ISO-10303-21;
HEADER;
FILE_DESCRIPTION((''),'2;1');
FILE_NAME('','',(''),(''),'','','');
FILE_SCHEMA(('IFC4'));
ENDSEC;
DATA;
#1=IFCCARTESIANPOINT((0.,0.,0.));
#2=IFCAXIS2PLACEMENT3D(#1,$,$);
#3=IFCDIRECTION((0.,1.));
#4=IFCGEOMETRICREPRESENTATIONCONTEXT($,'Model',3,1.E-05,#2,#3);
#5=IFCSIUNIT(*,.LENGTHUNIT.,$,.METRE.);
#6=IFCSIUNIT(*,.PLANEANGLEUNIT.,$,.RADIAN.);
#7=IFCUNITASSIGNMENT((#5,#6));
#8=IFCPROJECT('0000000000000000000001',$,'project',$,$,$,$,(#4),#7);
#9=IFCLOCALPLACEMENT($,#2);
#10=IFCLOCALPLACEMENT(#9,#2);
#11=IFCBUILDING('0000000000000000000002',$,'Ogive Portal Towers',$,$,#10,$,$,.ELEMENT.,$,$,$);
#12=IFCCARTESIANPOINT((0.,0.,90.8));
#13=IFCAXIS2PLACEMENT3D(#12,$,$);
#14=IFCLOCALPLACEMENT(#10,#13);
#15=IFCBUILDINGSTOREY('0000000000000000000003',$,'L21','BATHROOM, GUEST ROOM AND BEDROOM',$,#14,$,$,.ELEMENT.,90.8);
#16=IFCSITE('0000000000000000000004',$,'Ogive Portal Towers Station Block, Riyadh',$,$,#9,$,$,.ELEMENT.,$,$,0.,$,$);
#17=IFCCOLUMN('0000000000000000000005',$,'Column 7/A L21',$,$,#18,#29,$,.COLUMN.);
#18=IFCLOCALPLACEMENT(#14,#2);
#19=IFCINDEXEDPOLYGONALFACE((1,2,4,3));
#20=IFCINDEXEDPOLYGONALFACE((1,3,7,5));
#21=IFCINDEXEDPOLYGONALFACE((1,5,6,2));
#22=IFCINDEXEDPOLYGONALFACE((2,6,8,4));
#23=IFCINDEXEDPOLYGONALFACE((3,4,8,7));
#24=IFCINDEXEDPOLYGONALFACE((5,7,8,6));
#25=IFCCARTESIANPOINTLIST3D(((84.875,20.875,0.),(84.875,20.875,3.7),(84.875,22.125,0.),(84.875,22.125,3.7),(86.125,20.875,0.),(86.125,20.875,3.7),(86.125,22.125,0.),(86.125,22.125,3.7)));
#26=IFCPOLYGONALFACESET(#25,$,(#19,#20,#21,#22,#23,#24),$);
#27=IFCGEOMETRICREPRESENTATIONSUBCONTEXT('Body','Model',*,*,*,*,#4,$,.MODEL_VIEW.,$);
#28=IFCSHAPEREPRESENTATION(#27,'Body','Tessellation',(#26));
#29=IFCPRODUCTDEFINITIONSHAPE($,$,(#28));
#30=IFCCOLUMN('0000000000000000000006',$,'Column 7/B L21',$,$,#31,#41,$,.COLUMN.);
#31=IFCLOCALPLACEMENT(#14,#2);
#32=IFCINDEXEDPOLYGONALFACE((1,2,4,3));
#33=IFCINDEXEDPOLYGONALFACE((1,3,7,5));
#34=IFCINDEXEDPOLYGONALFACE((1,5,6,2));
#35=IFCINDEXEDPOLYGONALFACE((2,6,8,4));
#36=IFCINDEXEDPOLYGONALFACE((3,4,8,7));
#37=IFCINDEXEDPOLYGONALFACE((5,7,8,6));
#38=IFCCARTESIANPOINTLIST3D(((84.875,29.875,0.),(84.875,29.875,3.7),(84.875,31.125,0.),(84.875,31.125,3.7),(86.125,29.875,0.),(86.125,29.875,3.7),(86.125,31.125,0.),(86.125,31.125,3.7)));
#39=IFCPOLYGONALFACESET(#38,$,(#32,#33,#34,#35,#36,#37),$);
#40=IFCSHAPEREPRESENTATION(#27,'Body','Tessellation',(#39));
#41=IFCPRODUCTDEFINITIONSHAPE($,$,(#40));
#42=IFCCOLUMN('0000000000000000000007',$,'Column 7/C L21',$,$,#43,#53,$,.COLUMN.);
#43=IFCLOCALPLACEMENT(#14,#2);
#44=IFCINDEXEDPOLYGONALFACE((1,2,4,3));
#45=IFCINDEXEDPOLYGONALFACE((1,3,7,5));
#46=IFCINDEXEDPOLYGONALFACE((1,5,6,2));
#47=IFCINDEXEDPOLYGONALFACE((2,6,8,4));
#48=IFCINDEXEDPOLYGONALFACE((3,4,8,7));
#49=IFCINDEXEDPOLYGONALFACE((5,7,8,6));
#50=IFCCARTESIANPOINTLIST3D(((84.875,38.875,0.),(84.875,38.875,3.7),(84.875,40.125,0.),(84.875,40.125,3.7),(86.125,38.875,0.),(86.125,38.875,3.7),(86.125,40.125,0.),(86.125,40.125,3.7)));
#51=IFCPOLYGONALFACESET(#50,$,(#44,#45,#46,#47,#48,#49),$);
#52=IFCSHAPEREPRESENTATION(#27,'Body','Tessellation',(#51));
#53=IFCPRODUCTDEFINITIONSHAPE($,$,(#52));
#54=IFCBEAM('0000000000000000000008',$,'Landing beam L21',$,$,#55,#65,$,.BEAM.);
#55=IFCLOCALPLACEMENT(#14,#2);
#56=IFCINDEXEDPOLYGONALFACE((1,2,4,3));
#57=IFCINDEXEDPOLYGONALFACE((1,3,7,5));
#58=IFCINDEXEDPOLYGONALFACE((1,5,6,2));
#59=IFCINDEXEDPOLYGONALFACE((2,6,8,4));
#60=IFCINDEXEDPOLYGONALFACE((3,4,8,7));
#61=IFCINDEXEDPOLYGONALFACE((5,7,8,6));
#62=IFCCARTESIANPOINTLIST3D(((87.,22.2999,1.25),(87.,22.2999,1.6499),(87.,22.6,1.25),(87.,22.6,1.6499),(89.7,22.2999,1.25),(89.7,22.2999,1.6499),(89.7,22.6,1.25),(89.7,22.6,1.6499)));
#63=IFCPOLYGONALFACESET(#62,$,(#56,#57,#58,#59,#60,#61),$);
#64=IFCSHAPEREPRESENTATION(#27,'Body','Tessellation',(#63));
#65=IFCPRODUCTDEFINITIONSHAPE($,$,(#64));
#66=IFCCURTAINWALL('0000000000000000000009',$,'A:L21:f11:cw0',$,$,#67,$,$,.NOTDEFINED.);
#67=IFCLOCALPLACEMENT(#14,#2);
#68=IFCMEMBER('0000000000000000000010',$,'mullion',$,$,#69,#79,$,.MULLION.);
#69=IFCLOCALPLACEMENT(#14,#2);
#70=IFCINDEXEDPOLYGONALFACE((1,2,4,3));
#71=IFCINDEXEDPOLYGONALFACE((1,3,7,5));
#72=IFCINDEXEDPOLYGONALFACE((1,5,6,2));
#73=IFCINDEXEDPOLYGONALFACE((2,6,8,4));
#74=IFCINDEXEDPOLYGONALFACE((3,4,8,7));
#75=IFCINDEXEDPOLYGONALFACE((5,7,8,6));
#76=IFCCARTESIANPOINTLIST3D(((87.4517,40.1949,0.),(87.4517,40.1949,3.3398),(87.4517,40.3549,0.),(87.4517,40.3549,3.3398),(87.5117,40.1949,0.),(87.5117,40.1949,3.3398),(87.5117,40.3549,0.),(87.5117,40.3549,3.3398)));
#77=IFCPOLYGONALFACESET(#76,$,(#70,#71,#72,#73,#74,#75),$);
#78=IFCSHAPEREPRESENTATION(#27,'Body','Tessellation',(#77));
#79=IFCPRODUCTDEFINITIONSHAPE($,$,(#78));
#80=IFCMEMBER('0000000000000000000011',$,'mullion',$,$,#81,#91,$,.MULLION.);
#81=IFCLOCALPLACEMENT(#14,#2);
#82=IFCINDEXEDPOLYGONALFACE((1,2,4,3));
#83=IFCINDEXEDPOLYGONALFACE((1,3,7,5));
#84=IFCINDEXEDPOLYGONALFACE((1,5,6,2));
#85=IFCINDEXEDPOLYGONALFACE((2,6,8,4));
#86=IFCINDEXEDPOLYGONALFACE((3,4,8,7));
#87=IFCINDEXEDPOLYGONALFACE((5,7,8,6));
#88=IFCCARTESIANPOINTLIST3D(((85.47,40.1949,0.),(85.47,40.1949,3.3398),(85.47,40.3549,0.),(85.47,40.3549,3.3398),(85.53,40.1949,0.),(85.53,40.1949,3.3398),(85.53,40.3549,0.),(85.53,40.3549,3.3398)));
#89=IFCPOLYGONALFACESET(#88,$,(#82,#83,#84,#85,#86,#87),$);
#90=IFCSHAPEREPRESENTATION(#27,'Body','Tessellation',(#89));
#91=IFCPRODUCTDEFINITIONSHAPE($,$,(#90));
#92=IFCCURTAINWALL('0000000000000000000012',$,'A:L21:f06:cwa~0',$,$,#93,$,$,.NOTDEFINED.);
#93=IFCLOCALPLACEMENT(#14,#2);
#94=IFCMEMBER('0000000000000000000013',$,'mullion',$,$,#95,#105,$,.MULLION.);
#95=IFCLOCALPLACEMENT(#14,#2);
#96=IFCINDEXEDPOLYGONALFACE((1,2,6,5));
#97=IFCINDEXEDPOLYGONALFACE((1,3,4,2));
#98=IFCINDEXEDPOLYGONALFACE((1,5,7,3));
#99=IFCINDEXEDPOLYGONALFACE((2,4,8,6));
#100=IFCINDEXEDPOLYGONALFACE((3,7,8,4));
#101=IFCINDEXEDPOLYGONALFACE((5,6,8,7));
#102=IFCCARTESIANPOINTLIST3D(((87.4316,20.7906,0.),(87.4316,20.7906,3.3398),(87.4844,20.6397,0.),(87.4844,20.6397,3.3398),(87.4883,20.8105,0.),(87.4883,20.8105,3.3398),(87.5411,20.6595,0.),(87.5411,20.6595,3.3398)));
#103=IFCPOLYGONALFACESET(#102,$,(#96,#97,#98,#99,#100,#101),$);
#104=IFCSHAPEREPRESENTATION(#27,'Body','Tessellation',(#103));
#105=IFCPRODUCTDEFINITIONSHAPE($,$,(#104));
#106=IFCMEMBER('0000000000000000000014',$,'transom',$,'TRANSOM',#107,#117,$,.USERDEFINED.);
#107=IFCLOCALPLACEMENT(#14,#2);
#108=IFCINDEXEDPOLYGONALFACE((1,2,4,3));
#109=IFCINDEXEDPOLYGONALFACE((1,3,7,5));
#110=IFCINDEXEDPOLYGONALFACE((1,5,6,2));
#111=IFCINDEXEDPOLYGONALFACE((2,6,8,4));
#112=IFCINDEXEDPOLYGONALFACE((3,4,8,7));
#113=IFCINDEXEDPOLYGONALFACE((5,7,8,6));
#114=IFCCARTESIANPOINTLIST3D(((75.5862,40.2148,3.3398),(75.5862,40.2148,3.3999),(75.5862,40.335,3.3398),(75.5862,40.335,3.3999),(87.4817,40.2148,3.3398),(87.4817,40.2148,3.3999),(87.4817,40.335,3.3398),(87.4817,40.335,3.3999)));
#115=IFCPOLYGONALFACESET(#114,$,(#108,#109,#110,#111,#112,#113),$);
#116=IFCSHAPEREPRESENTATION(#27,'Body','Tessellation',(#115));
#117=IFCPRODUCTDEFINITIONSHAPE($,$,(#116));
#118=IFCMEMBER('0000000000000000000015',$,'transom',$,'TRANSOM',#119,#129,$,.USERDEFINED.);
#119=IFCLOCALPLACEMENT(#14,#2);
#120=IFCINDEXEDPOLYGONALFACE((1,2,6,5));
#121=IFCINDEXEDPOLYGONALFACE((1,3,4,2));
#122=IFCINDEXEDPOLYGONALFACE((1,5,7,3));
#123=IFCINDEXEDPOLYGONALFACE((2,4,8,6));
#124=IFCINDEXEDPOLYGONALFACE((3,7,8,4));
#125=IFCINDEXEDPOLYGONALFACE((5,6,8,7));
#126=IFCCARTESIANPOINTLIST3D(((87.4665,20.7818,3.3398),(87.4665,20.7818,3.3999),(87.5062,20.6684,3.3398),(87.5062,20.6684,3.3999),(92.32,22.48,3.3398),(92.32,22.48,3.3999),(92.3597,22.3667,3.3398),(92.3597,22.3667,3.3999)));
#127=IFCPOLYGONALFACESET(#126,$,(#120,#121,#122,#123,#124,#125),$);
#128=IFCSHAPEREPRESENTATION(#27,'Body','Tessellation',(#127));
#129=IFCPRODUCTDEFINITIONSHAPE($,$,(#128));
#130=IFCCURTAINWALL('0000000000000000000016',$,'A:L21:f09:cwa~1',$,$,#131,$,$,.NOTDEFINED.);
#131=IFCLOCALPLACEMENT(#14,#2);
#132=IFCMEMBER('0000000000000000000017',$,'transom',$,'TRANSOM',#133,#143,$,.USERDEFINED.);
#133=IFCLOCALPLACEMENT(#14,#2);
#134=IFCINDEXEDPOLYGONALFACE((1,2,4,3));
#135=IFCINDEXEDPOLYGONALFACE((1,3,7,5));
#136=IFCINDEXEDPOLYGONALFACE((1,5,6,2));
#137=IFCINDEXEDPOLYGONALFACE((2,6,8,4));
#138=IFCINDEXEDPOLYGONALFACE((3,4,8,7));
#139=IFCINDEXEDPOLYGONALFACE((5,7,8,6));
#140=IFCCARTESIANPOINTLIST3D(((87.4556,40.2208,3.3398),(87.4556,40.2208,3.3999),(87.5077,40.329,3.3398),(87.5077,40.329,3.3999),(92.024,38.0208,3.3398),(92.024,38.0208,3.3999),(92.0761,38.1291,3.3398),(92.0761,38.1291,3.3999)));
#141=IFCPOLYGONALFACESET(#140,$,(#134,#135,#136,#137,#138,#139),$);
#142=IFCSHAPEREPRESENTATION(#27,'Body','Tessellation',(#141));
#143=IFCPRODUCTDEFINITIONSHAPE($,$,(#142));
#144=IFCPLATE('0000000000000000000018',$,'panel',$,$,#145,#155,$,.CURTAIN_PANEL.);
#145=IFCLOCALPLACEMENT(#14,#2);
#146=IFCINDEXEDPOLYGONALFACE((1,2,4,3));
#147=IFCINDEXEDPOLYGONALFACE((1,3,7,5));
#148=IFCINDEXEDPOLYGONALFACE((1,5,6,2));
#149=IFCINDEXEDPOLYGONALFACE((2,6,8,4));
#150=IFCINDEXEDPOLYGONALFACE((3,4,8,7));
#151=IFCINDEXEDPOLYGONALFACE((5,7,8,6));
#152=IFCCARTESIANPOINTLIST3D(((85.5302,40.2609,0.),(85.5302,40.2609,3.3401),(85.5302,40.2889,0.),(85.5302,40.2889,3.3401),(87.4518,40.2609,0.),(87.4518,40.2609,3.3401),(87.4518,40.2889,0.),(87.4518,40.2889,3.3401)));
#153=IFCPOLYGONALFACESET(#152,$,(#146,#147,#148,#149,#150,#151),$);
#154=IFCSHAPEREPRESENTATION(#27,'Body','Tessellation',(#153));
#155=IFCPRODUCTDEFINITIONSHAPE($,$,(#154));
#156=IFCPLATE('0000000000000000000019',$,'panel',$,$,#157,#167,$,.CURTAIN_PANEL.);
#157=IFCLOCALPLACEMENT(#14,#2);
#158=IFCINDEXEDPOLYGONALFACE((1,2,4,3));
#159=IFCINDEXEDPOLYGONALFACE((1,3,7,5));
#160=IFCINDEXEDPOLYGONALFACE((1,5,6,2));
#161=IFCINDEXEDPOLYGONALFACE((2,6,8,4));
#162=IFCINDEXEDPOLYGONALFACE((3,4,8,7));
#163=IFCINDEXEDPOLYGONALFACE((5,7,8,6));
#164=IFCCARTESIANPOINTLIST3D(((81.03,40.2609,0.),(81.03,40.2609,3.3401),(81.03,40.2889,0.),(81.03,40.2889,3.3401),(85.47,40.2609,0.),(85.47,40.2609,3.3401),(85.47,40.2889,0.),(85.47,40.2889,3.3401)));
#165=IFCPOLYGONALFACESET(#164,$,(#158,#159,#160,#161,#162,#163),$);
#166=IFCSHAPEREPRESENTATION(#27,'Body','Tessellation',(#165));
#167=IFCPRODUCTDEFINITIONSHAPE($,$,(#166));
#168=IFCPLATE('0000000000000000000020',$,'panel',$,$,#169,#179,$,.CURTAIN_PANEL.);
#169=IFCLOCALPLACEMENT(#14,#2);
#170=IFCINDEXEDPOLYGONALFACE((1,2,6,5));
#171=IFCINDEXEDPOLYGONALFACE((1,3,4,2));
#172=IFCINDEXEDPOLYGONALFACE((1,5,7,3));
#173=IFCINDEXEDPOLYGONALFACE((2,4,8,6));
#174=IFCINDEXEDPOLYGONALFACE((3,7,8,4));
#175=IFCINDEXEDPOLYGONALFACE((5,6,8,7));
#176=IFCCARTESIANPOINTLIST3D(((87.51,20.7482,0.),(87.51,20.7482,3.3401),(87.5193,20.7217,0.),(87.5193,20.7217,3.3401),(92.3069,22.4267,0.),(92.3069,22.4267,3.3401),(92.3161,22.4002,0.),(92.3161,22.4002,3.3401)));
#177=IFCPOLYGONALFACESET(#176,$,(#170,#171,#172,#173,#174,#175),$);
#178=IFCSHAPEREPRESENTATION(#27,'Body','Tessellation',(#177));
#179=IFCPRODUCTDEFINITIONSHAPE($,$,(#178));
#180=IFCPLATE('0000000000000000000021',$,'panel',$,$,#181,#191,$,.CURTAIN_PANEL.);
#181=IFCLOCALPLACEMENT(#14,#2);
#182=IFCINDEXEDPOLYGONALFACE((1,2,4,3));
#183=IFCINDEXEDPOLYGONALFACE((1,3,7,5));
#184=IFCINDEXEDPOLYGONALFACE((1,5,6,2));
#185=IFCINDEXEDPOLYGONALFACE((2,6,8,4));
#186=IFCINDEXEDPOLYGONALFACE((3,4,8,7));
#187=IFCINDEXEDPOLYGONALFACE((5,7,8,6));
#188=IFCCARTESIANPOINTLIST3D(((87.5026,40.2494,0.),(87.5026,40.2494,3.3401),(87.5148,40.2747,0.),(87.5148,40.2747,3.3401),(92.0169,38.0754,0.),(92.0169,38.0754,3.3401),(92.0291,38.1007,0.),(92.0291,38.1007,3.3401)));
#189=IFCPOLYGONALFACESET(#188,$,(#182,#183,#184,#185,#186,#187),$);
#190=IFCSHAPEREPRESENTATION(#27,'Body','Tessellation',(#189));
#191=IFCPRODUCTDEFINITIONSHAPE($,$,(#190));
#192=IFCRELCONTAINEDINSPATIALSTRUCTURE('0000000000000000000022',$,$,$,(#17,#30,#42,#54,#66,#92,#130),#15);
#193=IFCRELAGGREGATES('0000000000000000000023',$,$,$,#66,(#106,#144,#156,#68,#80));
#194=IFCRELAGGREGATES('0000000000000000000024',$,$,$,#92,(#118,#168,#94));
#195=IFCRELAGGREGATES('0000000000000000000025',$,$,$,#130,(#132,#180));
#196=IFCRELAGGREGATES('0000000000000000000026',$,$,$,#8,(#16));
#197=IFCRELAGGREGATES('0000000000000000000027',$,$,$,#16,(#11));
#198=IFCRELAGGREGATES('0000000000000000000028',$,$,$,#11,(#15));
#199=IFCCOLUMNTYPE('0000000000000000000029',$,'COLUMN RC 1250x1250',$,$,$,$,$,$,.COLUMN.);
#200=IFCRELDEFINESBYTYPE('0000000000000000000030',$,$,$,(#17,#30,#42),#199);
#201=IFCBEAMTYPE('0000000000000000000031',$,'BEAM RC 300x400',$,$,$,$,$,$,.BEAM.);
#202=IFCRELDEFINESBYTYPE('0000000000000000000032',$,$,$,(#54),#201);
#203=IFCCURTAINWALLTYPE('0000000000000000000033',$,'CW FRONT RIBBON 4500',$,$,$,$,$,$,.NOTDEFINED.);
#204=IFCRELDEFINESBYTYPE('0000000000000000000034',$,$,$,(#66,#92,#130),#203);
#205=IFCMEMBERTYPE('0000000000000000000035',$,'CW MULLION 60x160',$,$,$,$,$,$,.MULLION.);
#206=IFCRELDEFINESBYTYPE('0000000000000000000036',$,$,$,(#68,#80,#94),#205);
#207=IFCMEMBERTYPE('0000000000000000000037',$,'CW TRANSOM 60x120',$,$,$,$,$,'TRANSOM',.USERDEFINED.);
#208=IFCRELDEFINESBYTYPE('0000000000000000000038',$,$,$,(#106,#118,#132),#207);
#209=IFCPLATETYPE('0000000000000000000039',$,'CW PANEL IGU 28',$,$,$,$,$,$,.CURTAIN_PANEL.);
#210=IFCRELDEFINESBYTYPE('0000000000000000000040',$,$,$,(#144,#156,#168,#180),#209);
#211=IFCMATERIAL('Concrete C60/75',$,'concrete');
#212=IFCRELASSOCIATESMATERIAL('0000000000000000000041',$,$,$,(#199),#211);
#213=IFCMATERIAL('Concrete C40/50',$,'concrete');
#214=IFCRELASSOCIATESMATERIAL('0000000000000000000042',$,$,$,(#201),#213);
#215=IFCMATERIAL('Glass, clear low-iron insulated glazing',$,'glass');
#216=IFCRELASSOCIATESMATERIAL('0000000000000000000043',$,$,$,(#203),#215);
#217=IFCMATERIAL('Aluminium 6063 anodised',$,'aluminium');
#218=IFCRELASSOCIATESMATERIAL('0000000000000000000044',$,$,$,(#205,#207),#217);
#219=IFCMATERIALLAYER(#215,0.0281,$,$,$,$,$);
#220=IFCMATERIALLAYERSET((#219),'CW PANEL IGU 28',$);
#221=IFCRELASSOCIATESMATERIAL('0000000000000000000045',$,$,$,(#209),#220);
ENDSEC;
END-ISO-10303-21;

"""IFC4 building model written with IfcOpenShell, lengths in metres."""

from ifc_helpers import new_model, si_unit, direction, frame, origin, origin_2d, place, context, subcontext, project, spatial, rectangle, extrude, material, layer, layer_set, material_profile, profile_set, type_object, element, aggregate, save


model = new_model("IFC4")

# Units and contexts
model_context = context("Model", 3, precision=1e-05, world=origin(), true_north=direction((0.0, 1.0)))
body_context = subcontext(model_context, "Body", "Model", "MODEL_VIEW")
ifc_project = project(units=[si_unit("LENGTHUNIT", "METRE"), si_unit("PLANEANGLEUNIT", "RADIAN")], contexts=[model_context])

# Site, building, storey
site_placement = place(None, origin())
site = spatial("IfcSite", under=ifc_project, at=site_placement, Name="Ogive Portal Towers Station Block, Riyadh", CompositionType="ELEMENT", RefElevation=0.0)
building_placement = place(site_placement, origin())
building = spatial("IfcBuilding", under=site, at=building_placement, Name="Ogive Portal Towers", CompositionType="ELEMENT")
storey_placement = place(building_placement, frame((0.0, 0.0, 90.8)))
storey = spatial("IfcBuildingStorey", under=building, at=storey_placement, Name="L21", Description="BATHROOM, GUEST ROOM AND BEDROOM", CompositionType="ELEMENT", Elevation=90.8)

# Columns
ifc_material_1 = material(Name="Concrete C60/75", Category="concrete")
ifc_material_profile_1 = material_profile(ifc_material_1, rectangle(XDim=1.25, YDim=1.25, at=origin_2d()), Name="RC 1250x1250")
ifc_profile_set_1 = profile_set([ifc_material_profile_1], Name="Concrete C60/75")
column_type = type_object("IfcColumnType", Name="COLUMN RC 1250x1250", PredefinedType="COLUMN", material=ifc_profile_set_1)
for number, where, z_axis, x_axis, name in (
    (1, (85.5, 21.5, 0.0), (0.0, 0.0, 1.0), (1.0, 0.0, 0.0), "Column 7/A L21"),
    (2, (85.5, 30.5, 0.0), (0.0, 0.0, 1.0), (1.0, 0.0, 0.0), "Column 7/B L21"),
    (3, (85.5, 39.5, 0.0), (0.0, 0.0, 1.0), (1.0, 0.0, 0.0), "Column 7/C L21"),
):
    element("IfcColumn", number, at=place(storey_placement, frame(where, z_axis=z_axis, x_axis=x_axis)), inside=storey, type_object=column_type, Name=name, PredefinedType="COLUMN", context=body_context, shape_type="SweptSolid", body=[
        extrude(rectangle(XDim=1.25, YDim=1.25, at=origin_2d()), origin(), (0.0, 0.0, 1.0), 3.7),
    ])

# Beam
ifc_material_2 = material(Name="Concrete C40/50", Category="concrete")
ifc_material_profile_2 = material_profile(ifc_material_2, rectangle(XDim=0.3, YDim=0.3999, at=origin_2d()), Name="RC 300x400")
ifc_profile_set_2 = profile_set([ifc_material_profile_2], Name="Concrete C40/50")
beam_type = type_object("IfcBeamType", Name="BEAM RC 300x400", PredefinedType="BEAM", material=ifc_profile_set_2)
beam_placement = place(storey_placement, frame((87.0, 22.45, 1.45), z_axis=(1.0, 0.0, 0.0), x_axis=(0.0, 1.0, 0.0)))
element("IfcBeam", 4, at=beam_placement, inside=storey, type_object=beam_type, Name="Landing beam L21", PredefinedType="BEAM", context=body_context, shape_type="SweptSolid", body=[
    extrude(rectangle(XDim=0.3, YDim=0.3999, at=origin_2d()), origin(), (0.0, 0.0, 1.0), 2.7),
])

# Curtain wall, members
ifc_material_3 = material(Name="Glass, clear low-iron insulated glazing", Category="glass")
curtain_wall_type = type_object("IfcCurtainWallType", Name="CW FRONT RIBBON 4500", PredefinedType="NOTDEFINED", material=ifc_material_3)
curtain_wall_1_placement = place(storey_placement, origin())
curtain_wall_1 = element("IfcCurtainWall", 5, at=curtain_wall_1_placement, inside=storey, type_object=curtain_wall_type, Name="A:L21:f11:cw0", PredefinedType="NOTDEFINED")
ifc_material_4 = material(Name="Aluminium 6063 anodised", Category="aluminium")
ifc_material_profile_3 = material_profile(ifc_material_4, rectangle(XDim=0.1599, YDim=0.0601, at=origin_2d()), Name="AL 60x160")
ifc_profile_set_3 = profile_set([ifc_material_profile_3], Name="Aluminium 6063 anodised")
member_type_1 = type_object("IfcMemberType", Name="CW MULLION 60x160", PredefinedType="MULLION", material=ifc_profile_set_3)
member_1_placement = place(storey_placement, frame((87.4817, 40.2749, 0.0), z_axis=(0.0, 0.0, 1.0), x_axis=(0.0, -1.0, 0.0)))
member_1 = element("IfcMember", 6, at=member_1_placement, type_object=member_type_1, Name="mullion", PredefinedType="MULLION", context=body_context, shape_type="SweptSolid", body=[
    extrude(rectangle(XDim=0.1599, YDim=0.0601, at=origin_2d()), origin(), (0.0, 0.0, 1.0), 3.3398),
])
member_2_placement = place(storey_placement, frame((85.5, 40.2749, 0.0), z_axis=(0.0, 0.0, 1.0), x_axis=(0.0, -1.0, 0.0)))
member_2 = element("IfcMember", 7, at=member_2_placement, type_object=member_type_1, Name="mullion", PredefinedType="MULLION", context=body_context, shape_type="SweptSolid", body=[
    extrude(rectangle(XDim=0.1599, YDim=0.0601, at=origin_2d()), origin(), (0.0, 0.0, 1.0), 3.3398),
])

# Curtain wall, member
curtain_wall_2_placement = place(storey_placement, origin())
curtain_wall_2 = element("IfcCurtainWall", 8, at=curtain_wall_2_placement, inside=storey, type_object=curtain_wall_type, Name="A:L21:f06:cwa~0", PredefinedType="NOTDEFINED")
member_3_placement = place(storey_placement, frame((87.4863, 20.7251, 0.0), z_axis=(0.0, 0.0, 1.0), x_axis=(-0.330279, 0.943883, 0.0)))
member_3 = element("IfcMember", 9, at=member_3_placement, type_object=member_type_1, Name="mullion", PredefinedType="MULLION", context=body_context, shape_type="SweptSolid", body=[
    extrude(rectangle(XDim=0.1599, YDim=0.0601, at=origin_2d()), origin(), (0.0, 0.0, 1.0), 3.3398),
])

# Members
ifc_material_profile_4 = material_profile(ifc_material_4, rectangle(XDim=0.1201, YDim=0.0601, at=origin_2d()), Name="AL 120x60")
ifc_profile_set_4 = profile_set([ifc_material_profile_4], Name="Aluminium 6063 anodised")
member_type_2 = type_object("IfcMemberType", Name="CW TRANSOM 60x120", ElementType="TRANSOM", PredefinedType="USERDEFINED", material=ifc_profile_set_4)
member_4_placement = place(storey_placement, frame((87.4817, 40.2749, 3.3699), z_axis=(-1.0, 0.0, 0.0), x_axis=(0.0, -1.0, 0.0)))
member_4 = element("IfcMember", 10, at=member_4_placement, type_object=member_type_2, Name="transom", ObjectType="TRANSOM", PredefinedType="USERDEFINED", context=body_context, shape_type="SweptSolid", body=[
    extrude(rectangle(XDim=0.1201, YDim=0.0601, at=origin_2d()), origin(), (0.0, 0.0, 1.0), 11.8955),
])
member_5_placement = place(storey_placement, frame((87.4863, 20.7251, 3.3699), z_axis=(0.943888, 0.330266, 0.0), x_axis=(-0.330266, 0.943888, 0.0)))
member_5 = element("IfcMember", 11, at=member_5_placement, type_object=member_type_2, Name="transom", ObjectType="TRANSOM", PredefinedType="USERDEFINED", context=body_context, shape_type="SweptSolid", body=[
    extrude(rectangle(XDim=0.1201, YDim=0.0601, at=origin_2d()), origin(), (0.0, 0.0, 1.0), 5.1421),
])

# Curtain wall, member
curtain_wall_3_placement = place(storey_placement, origin())
curtain_wall_3 = element("IfcCurtainWall", 12, at=curtain_wall_3_placement, inside=storey, type_object=curtain_wall_type, Name="A:L21:f09:cwa~1", PredefinedType="NOTDEFINED")
member_6_placement = place(storey_placement, frame((92.05, 38.075, 3.3699), z_axis=(-0.900973, 0.433875, 0.0), x_axis=(-0.433875, -0.900973, 0.0)))
member_6 = element("IfcMember", 13, at=member_6_placement, type_object=member_type_2, Name="transom", ObjectType="TRANSOM", PredefinedType="USERDEFINED", context=body_context, shape_type="SweptSolid", body=[
    extrude(rectangle(XDim=0.1201, YDim=0.0601, at=origin_2d()), origin(), (0.0, 0.0, 1.0), 5.0706),
])

# Plates
ifc_layer_1 = layer(ifc_material_3, 0.0281)
ifc_layer_set_1 = layer_set([ifc_layer_1], Name="CW PANEL IGU 28")
plate_type = type_object("IfcPlateType", Name="CW PANEL IGU 28", PredefinedType="CURTAIN_PANEL", material=ifc_layer_set_1)
plate_1_placement = place(storey_placement, frame((86.491, 40.2749, 0.0), z_axis=(0.0, 0.0, 1.0), x_axis=(-1.0, 0.0, 0.0)))
plate_1 = element("IfcPlate", 14, at=plate_1_placement, type_object=plate_type, Name="panel", PredefinedType="CURTAIN_PANEL", context=body_context, shape_type="SweptSolid", body=[
    extrude(rectangle(XDim=1.9216, YDim=0.0281, at=origin_2d()), origin(), (0.0, 0.0, 1.0), 3.3401),
])
plate_2_placement = place(storey_placement, frame((83.25, 40.2749, 0.0), z_axis=(0.0, 0.0, 1.0), x_axis=(-1.0, 0.0, 0.0)))
plate_2 = element("IfcPlate", 15, at=plate_2_placement, type_object=plate_type, Name="panel", PredefinedType="CURTAIN_PANEL", context=body_context, shape_type="SweptSolid", body=[
    extrude(rectangle(XDim=4.4399, YDim=0.0281, at=origin_2d()), origin(), (0.0, 0.0, 1.0), 3.3401),
])
aggregate(curtain_wall_1, [member_4, plate_1, plate_2, member_1, member_2])
plate_3_placement = place(storey_placement, frame((89.9131, 21.5742, 0.0), z_axis=(0.0, 0.0, 1.0), x_axis=(0.943883, 0.330279, 0.0)))
plate_3 = element("IfcPlate", 16, at=plate_3_placement, type_object=plate_type, Name="panel", PredefinedType="CURTAIN_PANEL", context=body_context, shape_type="SweptSolid", body=[
    extrude(rectangle(XDim=5.082, YDim=0.0281, at=origin_2d()), origin(), (0.0, 0.0, 1.0), 3.3401),
])
aggregate(curtain_wall_2, [member_5, plate_3, member_3])
plate_4_placement = place(storey_placement, frame((89.7659, 39.175, 0.0), z_axis=(0.0, 0.0, 1.0), x_axis=(-0.900969, 0.433884, 0.0)))
plate_4 = element("IfcPlate", 17, at=plate_4_placement, type_object=plate_type, Name="panel", PredefinedType="CURTAIN_PANEL", context=body_context, shape_type="SweptSolid", body=[
    extrude(rectangle(XDim=5.0105, YDim=0.0281, at=origin_2d()), origin(), (0.0, 0.0, 1.0), 3.3401),
])
aggregate(curtain_wall_3, [member_6, plate_4])

save(model, "model.ifc")
